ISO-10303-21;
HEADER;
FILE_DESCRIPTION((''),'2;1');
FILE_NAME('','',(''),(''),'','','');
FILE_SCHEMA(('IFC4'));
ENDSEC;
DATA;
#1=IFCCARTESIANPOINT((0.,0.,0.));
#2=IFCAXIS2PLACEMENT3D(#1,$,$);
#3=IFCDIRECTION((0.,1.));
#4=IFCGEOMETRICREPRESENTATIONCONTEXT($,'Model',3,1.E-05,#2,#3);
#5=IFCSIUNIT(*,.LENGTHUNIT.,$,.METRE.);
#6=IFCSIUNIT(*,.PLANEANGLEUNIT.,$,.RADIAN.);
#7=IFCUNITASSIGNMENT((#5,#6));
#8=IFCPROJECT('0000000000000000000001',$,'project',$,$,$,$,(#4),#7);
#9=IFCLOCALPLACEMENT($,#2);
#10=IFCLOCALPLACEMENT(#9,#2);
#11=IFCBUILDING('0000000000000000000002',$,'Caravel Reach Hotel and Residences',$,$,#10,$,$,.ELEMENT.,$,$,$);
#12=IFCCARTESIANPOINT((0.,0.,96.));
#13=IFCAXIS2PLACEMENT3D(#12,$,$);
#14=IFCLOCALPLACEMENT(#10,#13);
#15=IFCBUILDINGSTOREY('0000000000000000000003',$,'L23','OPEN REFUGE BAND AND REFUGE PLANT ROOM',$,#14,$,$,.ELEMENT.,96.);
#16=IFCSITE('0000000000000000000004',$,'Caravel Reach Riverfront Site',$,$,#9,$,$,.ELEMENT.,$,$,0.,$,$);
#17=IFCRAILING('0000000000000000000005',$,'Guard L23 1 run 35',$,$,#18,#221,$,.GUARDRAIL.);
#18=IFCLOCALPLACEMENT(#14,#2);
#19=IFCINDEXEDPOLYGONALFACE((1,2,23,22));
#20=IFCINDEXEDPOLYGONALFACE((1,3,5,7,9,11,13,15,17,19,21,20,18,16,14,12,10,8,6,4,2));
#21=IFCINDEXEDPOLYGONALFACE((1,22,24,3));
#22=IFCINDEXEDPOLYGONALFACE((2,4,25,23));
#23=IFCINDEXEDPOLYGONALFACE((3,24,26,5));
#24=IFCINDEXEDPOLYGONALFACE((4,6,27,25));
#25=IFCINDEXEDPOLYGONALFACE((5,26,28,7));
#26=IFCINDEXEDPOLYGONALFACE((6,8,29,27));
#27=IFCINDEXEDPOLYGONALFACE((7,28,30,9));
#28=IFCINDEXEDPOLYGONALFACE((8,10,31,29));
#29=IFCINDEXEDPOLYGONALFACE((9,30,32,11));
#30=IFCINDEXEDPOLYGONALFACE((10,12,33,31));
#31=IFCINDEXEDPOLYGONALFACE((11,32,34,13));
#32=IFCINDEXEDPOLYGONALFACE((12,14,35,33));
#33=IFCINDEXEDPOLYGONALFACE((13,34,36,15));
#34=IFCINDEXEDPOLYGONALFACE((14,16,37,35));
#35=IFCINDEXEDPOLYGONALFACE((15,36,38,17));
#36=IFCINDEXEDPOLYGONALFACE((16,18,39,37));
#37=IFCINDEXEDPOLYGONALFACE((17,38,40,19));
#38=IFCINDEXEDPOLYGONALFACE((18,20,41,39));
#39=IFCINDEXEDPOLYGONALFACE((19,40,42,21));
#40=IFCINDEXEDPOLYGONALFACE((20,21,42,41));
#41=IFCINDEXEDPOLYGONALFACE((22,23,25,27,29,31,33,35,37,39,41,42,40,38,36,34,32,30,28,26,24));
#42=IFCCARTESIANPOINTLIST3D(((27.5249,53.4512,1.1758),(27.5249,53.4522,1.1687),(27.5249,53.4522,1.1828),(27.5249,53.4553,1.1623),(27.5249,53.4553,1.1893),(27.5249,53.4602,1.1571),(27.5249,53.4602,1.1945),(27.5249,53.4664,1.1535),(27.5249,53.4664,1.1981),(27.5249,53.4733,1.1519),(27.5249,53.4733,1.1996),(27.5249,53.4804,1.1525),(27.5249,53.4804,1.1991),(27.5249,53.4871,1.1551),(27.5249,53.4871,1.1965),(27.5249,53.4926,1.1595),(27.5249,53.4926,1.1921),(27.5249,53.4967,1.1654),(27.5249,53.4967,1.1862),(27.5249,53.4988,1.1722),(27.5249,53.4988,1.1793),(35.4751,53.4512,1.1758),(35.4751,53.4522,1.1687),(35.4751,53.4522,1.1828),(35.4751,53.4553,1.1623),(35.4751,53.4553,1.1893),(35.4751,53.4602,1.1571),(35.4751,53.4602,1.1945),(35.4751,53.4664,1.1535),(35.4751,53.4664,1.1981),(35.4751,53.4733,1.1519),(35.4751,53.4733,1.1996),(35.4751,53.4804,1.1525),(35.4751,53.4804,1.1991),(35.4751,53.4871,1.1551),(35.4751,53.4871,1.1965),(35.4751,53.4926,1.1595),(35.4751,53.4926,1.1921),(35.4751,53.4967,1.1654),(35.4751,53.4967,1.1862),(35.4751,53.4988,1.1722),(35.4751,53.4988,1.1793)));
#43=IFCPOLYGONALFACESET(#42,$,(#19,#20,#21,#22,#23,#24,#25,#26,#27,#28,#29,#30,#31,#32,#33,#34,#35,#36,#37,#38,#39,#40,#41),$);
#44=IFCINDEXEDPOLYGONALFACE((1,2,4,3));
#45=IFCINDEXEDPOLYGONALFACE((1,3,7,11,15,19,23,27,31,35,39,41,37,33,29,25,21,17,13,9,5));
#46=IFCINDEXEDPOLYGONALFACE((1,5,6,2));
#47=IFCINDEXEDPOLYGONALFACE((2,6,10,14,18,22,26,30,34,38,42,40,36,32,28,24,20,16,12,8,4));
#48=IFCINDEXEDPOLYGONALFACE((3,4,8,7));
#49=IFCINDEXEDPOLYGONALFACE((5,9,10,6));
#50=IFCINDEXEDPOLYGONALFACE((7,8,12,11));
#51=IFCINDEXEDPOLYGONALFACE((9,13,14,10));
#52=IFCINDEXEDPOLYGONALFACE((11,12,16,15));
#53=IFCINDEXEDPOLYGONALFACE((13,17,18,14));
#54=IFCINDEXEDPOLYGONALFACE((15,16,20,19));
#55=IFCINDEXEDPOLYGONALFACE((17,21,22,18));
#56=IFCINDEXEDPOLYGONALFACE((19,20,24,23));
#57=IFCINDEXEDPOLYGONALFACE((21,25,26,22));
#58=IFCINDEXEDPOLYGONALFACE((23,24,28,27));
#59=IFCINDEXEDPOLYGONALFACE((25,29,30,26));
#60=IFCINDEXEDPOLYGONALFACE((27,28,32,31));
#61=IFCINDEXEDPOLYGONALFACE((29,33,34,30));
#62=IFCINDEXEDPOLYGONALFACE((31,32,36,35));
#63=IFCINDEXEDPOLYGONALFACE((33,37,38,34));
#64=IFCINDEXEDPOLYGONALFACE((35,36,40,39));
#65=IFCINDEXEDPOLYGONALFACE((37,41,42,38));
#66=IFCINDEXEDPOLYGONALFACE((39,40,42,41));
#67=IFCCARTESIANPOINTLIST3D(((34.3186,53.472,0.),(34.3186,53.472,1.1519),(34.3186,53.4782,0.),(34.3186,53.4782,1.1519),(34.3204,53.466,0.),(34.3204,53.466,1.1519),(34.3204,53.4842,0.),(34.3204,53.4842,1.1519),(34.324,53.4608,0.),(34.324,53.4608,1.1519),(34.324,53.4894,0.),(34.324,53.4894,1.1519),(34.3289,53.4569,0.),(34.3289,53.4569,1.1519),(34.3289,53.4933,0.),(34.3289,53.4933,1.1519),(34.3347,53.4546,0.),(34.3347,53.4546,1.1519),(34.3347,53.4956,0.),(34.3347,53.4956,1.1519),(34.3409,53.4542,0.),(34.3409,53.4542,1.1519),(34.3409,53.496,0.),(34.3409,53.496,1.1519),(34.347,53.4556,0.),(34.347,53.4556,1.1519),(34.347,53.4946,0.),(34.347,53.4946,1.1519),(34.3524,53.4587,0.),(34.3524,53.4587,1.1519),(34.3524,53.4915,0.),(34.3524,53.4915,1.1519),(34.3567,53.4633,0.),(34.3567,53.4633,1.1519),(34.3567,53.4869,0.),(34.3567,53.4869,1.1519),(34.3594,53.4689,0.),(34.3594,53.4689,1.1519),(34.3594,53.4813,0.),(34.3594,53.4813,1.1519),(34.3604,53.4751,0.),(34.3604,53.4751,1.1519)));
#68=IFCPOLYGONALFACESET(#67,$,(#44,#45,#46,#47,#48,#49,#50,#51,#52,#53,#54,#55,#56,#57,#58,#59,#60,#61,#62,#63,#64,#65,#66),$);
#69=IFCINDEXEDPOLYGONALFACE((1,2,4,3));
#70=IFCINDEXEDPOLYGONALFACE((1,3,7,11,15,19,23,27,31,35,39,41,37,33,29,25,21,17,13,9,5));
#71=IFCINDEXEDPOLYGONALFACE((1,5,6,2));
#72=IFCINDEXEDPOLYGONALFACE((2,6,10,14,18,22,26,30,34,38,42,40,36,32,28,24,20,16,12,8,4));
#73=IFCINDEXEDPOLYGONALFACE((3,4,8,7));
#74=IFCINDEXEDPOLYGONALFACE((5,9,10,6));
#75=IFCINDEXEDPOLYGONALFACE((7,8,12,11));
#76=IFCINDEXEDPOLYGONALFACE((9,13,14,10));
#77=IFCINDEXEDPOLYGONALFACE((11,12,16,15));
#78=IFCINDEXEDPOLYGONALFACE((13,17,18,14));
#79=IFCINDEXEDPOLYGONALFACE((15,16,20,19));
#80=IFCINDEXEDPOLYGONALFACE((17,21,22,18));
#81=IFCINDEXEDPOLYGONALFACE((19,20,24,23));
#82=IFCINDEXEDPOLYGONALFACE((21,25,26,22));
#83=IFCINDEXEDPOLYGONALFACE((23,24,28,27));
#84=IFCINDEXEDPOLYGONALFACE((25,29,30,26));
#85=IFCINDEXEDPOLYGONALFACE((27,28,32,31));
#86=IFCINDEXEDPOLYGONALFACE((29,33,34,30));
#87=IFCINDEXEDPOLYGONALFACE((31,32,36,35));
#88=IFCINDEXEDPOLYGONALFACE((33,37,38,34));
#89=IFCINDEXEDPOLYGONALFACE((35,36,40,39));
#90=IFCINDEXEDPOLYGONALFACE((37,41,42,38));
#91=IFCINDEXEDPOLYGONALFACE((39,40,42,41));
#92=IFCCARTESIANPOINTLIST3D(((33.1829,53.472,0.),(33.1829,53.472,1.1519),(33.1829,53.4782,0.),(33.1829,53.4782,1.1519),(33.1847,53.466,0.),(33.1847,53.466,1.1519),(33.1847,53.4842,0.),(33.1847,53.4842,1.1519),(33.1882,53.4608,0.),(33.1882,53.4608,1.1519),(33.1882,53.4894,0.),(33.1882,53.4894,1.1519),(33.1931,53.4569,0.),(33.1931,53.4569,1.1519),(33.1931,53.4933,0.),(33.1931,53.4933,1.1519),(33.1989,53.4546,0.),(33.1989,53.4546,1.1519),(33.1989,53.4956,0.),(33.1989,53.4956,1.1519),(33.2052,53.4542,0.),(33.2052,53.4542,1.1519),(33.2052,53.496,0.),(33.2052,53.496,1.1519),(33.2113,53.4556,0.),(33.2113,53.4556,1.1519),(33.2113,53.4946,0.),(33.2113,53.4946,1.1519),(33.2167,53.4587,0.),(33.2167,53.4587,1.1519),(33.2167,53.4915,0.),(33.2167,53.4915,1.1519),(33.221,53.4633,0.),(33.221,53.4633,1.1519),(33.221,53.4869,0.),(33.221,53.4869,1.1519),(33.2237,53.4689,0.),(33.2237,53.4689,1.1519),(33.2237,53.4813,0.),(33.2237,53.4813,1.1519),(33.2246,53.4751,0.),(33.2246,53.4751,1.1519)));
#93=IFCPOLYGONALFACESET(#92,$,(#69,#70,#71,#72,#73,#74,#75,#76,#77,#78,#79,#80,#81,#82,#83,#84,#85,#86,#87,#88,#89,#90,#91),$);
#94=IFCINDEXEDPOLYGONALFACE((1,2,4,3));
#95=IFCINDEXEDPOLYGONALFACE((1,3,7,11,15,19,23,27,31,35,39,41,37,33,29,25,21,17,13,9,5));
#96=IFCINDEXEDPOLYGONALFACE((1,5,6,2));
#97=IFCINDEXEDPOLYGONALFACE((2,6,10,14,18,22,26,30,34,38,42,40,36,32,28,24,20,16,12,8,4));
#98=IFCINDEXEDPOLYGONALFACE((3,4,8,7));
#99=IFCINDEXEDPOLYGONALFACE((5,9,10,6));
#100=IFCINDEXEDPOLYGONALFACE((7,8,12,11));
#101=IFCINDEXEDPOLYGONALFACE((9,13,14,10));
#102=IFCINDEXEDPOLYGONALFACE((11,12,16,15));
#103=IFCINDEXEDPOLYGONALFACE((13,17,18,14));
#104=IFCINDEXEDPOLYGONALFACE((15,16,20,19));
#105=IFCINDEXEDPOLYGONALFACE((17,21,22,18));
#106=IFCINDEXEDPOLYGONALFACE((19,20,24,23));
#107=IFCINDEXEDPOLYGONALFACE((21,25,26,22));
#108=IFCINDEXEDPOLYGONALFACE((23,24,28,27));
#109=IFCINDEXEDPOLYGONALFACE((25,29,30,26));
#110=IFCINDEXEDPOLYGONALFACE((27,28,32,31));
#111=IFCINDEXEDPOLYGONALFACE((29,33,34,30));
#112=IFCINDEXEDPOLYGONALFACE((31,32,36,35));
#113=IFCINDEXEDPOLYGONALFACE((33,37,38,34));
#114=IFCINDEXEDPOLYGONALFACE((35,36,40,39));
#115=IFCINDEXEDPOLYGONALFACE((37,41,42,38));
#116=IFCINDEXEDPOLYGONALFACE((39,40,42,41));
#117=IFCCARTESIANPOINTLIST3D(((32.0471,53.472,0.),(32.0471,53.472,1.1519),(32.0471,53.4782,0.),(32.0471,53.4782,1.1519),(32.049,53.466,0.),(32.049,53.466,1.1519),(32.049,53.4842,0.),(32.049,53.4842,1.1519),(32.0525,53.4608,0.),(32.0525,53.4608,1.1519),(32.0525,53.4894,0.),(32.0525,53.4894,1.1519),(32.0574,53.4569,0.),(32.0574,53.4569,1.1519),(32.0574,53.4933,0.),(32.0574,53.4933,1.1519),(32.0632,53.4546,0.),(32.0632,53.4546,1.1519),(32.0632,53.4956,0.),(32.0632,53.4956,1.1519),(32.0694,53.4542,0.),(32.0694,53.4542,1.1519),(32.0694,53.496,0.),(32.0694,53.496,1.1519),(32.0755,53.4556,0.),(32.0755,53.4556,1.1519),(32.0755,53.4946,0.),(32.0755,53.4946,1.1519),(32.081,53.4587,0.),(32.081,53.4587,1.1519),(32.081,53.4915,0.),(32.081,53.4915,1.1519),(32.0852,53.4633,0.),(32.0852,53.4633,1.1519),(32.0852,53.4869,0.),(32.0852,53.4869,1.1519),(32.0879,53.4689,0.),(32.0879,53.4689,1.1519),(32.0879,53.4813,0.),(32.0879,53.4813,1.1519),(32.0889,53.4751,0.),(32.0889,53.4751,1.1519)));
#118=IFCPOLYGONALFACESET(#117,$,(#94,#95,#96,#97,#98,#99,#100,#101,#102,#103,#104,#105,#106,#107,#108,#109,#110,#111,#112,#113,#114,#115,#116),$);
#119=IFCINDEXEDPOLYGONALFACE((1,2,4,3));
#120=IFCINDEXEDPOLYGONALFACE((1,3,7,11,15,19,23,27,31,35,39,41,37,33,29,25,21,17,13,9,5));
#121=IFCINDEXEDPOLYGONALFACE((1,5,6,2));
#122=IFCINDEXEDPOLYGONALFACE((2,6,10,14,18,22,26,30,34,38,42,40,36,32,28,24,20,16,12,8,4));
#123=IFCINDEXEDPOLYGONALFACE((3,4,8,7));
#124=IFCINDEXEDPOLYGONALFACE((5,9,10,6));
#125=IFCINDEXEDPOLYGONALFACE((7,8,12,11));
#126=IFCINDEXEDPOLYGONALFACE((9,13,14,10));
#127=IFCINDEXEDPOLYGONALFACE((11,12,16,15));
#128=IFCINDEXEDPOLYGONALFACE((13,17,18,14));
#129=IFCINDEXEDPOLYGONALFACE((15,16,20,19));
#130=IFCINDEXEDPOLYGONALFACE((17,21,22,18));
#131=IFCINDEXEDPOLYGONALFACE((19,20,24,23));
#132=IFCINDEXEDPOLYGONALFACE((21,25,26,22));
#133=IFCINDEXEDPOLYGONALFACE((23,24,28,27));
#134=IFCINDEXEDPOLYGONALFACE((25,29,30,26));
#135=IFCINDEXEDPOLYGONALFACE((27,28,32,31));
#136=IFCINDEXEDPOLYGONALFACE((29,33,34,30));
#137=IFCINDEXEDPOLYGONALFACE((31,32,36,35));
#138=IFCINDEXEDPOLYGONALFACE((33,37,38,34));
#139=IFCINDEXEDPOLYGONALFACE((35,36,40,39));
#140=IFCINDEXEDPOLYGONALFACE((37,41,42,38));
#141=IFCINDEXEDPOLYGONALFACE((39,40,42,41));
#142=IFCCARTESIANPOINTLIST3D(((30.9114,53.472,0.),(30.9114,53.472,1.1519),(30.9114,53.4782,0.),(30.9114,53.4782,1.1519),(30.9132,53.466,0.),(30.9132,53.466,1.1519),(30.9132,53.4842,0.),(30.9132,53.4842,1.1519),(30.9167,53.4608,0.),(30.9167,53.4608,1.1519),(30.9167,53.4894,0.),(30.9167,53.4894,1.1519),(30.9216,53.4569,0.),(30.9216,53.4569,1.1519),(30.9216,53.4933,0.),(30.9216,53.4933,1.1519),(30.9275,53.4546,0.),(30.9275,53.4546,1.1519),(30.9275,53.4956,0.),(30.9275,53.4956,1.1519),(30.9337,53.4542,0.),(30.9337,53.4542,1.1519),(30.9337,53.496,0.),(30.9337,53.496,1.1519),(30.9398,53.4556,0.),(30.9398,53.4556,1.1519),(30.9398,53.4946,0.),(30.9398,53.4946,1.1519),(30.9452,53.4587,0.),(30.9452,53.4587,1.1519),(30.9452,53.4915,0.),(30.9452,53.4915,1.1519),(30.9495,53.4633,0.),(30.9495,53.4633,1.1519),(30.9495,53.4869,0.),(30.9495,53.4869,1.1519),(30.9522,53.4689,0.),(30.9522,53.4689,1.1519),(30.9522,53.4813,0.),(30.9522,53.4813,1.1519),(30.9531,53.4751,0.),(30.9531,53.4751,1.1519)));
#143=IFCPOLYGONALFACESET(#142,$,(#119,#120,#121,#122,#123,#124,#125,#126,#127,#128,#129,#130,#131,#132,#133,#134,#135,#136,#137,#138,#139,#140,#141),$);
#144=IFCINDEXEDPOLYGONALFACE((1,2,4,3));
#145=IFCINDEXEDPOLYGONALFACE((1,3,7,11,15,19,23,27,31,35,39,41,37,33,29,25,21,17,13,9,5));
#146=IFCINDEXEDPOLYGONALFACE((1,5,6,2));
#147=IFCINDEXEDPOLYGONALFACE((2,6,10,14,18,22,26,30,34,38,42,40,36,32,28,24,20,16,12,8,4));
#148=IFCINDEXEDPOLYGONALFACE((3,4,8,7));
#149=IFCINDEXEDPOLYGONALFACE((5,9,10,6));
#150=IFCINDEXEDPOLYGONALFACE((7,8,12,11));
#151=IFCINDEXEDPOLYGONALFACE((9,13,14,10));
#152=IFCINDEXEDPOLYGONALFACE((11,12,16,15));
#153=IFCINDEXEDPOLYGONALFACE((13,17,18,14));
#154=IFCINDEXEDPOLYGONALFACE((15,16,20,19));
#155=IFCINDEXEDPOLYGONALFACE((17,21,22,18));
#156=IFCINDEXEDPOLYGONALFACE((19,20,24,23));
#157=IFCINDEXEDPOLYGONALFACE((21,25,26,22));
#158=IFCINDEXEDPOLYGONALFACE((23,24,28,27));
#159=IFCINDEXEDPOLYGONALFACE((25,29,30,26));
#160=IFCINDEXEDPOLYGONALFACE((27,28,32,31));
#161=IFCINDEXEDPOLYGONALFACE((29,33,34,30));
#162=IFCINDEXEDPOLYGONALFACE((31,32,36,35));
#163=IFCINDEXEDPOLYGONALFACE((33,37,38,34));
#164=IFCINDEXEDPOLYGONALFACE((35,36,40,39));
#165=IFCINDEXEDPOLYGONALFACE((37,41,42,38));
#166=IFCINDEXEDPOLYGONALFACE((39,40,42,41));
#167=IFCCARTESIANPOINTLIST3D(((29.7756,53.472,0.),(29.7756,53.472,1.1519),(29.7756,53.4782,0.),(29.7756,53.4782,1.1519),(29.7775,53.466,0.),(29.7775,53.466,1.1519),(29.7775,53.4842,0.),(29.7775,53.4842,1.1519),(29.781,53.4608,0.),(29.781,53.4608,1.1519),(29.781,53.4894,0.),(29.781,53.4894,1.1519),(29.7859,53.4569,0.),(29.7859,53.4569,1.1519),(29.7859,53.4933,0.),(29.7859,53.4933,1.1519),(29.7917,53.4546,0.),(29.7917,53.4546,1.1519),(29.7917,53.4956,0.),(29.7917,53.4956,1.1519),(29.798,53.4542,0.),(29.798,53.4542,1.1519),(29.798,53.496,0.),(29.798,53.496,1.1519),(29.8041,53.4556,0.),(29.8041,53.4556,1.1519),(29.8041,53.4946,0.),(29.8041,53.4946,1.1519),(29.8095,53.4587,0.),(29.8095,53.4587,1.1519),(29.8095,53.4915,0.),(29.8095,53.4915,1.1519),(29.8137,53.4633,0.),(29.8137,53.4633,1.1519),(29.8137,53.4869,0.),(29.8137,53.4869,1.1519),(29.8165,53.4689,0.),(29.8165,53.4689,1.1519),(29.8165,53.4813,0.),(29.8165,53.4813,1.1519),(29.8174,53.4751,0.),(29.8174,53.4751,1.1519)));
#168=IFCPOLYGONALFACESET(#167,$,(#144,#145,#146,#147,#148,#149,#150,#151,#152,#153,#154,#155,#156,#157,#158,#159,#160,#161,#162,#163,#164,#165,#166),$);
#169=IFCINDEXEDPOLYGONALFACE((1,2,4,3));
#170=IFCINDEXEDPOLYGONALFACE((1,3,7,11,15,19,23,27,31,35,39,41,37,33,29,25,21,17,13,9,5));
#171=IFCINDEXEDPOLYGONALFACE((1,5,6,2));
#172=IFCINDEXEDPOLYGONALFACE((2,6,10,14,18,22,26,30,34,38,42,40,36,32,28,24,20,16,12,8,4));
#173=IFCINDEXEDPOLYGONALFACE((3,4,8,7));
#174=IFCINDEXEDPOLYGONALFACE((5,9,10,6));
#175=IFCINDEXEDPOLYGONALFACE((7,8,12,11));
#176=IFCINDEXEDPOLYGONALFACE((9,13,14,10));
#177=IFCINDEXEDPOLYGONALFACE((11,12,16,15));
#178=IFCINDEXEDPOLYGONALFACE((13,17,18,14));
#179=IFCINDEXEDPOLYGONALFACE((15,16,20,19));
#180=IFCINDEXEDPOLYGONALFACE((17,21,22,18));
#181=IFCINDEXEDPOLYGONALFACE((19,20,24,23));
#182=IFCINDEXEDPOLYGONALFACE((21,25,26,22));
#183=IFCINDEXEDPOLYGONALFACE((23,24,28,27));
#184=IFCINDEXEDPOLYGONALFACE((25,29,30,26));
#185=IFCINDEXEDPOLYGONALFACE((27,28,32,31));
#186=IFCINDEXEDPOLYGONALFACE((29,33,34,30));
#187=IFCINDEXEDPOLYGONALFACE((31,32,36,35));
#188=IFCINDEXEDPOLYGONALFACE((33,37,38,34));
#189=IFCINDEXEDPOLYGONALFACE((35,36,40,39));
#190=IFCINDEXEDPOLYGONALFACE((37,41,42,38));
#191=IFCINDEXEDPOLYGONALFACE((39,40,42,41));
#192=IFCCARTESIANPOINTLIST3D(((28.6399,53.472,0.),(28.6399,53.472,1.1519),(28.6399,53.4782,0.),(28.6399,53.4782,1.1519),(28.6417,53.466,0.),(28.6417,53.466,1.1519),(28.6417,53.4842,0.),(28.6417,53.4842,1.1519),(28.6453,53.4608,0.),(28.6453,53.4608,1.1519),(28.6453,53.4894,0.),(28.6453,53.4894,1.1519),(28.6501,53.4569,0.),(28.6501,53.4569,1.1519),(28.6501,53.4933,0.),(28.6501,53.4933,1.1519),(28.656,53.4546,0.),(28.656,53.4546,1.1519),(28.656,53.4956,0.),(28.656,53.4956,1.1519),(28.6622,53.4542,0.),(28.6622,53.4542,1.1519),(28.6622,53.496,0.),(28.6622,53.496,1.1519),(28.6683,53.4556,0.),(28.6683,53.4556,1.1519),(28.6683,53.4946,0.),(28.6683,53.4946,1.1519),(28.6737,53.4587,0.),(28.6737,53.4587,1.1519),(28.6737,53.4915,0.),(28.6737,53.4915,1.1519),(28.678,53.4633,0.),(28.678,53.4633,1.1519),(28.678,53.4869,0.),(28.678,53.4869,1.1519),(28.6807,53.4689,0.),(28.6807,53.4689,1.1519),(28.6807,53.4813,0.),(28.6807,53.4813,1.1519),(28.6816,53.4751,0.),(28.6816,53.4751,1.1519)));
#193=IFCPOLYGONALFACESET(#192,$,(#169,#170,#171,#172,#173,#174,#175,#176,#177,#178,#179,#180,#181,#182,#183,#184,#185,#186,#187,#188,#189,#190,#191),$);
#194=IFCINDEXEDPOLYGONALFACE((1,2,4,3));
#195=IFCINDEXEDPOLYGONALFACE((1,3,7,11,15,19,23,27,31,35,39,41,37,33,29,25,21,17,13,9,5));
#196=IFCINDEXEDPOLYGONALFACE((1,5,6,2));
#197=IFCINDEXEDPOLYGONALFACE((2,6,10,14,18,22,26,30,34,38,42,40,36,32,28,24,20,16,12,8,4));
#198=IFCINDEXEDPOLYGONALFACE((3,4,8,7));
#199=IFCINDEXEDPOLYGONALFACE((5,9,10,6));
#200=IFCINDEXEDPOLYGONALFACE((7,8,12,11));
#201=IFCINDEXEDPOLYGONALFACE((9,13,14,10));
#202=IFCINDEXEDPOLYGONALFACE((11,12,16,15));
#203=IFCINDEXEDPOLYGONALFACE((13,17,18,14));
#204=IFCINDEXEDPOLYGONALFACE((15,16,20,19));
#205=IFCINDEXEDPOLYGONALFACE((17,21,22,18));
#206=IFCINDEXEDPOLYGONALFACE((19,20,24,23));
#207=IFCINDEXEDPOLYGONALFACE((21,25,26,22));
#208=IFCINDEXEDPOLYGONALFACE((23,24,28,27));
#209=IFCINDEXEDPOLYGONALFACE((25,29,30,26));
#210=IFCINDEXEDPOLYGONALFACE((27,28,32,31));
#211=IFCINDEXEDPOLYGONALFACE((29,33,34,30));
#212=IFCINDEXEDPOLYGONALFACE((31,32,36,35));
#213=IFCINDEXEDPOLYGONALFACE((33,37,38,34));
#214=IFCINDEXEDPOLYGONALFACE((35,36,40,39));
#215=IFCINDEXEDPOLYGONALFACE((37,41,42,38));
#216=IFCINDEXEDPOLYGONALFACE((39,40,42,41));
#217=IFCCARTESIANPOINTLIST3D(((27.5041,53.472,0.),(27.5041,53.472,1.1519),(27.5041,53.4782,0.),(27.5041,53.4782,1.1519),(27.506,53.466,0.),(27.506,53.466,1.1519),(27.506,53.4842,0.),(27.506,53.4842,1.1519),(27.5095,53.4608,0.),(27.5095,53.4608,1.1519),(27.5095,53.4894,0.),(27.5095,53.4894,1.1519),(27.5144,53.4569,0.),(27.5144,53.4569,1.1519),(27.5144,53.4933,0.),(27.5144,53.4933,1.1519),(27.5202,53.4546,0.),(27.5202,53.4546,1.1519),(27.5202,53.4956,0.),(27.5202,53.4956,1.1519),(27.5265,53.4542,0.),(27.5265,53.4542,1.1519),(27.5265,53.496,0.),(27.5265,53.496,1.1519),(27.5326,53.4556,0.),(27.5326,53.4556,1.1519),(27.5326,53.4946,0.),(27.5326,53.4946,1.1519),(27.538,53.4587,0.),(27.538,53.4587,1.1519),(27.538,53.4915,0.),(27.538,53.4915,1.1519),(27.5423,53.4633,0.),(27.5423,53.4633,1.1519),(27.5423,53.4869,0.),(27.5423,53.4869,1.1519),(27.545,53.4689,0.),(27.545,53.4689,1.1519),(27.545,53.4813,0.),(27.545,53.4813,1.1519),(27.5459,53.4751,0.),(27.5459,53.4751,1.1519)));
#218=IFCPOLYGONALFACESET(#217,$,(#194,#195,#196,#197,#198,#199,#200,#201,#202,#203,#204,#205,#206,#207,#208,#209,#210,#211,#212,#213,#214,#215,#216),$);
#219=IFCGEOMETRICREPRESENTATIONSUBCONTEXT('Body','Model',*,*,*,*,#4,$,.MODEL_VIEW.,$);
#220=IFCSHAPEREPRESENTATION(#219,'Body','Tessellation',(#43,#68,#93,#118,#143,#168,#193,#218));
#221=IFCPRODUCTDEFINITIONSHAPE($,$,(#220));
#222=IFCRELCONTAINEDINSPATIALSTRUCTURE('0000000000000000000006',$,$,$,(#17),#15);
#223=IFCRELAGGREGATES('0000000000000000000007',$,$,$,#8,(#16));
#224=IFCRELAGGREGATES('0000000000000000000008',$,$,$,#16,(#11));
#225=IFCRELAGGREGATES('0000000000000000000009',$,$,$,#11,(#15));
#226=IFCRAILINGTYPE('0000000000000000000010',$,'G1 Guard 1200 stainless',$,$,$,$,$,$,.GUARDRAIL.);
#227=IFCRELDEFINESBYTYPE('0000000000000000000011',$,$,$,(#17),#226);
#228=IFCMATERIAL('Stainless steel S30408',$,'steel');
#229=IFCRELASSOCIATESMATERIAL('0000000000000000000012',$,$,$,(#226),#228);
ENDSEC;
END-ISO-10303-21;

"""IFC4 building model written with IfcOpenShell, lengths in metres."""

from ifc_helpers import new_model, si_unit, direction, frame, origin, origin_2d, place, context, subcontext, project, spatial, circle, extrude, material, type_object, element, save


model = new_model("IFC4")

# Units and contexts
model_context = context("Model", 3, precision=1e-05, world=origin(), true_north=direction((0.0, 1.0)))
body_context = subcontext(model_context, "Body", "Model", "MODEL_VIEW")
ifc_project = project(units=[si_unit("LENGTHUNIT", "METRE"), si_unit("PLANEANGLEUNIT", "RADIAN")], contexts=[model_context])

# Site, building, storey
site_placement = place(None, origin())
site = spatial("IfcSite", under=ifc_project, at=site_placement, Name="Caravel Reach Riverfront Site", CompositionType="ELEMENT", RefElevation=0.0)
building_placement = place(site_placement, origin())
building = spatial("IfcBuilding", under=site, at=building_placement, Name="Caravel Reach Hotel and Residences", CompositionType="ELEMENT")
storey_placement = place(building_placement, frame((0.0, 0.0, 96.0)))
storey = spatial("IfcBuildingStorey", under=building, at=storey_placement, Name="L23", Description="OPEN REFUGE BAND AND REFUGE PLANT ROOM", CompositionType="ELEMENT", Elevation=96.0)

# Railing
ifc_material_1 = material(Name="Stainless steel S30408", Category="steel")
railing_type = type_object("IfcRailingType", Name="G1 Guard 1200 stainless", PredefinedType="GUARDRAIL", material=ifc_material_1)
railing_1_placement = place(storey_placement, frame((35.4751, 53.4751, 0.0)))
element("IfcRailing", 1, at=railing_1_placement, inside=storey, type_object=railing_type, Name="Guard L23 1 run 35", PredefinedType="GUARDRAIL", context=body_context, shape_type="SweptSolid", body=[
    extrude(circle(Radius=0.0239, at=origin_2d()), frame((0.0, 0.0, 1.1758), z_axis=(-1.0, 0.0, 0.0), x_axis=(0.0, -1.0, 0.0)), (0.0, 0.0, 1.0), 7.9502),
    extrude(circle(Radius=0.021, at=origin_2d()), frame((-1.1357, 0.0, 0.0)), (0.0, 0.0, 1.0), 1.1519),
    extrude(circle(Radius=0.021, at=origin_2d()), frame((-2.2715, 0.0, 0.0)), (0.0, 0.0, 1.0), 1.1519),
    extrude(circle(Radius=0.021, at=origin_2d()), frame((-3.4072, 0.0, 0.0)), (0.0, 0.0, 1.0), 1.1519),
    extrude(circle(Radius=0.021, at=origin_2d()), frame((-4.543, 0.0, 0.0)), (0.0, 0.0, 1.0), 1.1519),
    extrude(circle(Radius=0.021, at=origin_2d()), frame((-5.6787, 0.0, 0.0)), (0.0, 0.0, 1.0), 1.1519),
    extrude(circle(Radius=0.021, at=origin_2d()), frame((-6.8145, 0.0, 0.0)), (0.0, 0.0, 1.0), 1.1519),
    extrude(circle(Radius=0.021, at=origin_2d()), frame((-7.9502, 0.0, 0.0)), (0.0, 0.0, 1.0), 1.1519),
])

save(model, "model.ifc")
